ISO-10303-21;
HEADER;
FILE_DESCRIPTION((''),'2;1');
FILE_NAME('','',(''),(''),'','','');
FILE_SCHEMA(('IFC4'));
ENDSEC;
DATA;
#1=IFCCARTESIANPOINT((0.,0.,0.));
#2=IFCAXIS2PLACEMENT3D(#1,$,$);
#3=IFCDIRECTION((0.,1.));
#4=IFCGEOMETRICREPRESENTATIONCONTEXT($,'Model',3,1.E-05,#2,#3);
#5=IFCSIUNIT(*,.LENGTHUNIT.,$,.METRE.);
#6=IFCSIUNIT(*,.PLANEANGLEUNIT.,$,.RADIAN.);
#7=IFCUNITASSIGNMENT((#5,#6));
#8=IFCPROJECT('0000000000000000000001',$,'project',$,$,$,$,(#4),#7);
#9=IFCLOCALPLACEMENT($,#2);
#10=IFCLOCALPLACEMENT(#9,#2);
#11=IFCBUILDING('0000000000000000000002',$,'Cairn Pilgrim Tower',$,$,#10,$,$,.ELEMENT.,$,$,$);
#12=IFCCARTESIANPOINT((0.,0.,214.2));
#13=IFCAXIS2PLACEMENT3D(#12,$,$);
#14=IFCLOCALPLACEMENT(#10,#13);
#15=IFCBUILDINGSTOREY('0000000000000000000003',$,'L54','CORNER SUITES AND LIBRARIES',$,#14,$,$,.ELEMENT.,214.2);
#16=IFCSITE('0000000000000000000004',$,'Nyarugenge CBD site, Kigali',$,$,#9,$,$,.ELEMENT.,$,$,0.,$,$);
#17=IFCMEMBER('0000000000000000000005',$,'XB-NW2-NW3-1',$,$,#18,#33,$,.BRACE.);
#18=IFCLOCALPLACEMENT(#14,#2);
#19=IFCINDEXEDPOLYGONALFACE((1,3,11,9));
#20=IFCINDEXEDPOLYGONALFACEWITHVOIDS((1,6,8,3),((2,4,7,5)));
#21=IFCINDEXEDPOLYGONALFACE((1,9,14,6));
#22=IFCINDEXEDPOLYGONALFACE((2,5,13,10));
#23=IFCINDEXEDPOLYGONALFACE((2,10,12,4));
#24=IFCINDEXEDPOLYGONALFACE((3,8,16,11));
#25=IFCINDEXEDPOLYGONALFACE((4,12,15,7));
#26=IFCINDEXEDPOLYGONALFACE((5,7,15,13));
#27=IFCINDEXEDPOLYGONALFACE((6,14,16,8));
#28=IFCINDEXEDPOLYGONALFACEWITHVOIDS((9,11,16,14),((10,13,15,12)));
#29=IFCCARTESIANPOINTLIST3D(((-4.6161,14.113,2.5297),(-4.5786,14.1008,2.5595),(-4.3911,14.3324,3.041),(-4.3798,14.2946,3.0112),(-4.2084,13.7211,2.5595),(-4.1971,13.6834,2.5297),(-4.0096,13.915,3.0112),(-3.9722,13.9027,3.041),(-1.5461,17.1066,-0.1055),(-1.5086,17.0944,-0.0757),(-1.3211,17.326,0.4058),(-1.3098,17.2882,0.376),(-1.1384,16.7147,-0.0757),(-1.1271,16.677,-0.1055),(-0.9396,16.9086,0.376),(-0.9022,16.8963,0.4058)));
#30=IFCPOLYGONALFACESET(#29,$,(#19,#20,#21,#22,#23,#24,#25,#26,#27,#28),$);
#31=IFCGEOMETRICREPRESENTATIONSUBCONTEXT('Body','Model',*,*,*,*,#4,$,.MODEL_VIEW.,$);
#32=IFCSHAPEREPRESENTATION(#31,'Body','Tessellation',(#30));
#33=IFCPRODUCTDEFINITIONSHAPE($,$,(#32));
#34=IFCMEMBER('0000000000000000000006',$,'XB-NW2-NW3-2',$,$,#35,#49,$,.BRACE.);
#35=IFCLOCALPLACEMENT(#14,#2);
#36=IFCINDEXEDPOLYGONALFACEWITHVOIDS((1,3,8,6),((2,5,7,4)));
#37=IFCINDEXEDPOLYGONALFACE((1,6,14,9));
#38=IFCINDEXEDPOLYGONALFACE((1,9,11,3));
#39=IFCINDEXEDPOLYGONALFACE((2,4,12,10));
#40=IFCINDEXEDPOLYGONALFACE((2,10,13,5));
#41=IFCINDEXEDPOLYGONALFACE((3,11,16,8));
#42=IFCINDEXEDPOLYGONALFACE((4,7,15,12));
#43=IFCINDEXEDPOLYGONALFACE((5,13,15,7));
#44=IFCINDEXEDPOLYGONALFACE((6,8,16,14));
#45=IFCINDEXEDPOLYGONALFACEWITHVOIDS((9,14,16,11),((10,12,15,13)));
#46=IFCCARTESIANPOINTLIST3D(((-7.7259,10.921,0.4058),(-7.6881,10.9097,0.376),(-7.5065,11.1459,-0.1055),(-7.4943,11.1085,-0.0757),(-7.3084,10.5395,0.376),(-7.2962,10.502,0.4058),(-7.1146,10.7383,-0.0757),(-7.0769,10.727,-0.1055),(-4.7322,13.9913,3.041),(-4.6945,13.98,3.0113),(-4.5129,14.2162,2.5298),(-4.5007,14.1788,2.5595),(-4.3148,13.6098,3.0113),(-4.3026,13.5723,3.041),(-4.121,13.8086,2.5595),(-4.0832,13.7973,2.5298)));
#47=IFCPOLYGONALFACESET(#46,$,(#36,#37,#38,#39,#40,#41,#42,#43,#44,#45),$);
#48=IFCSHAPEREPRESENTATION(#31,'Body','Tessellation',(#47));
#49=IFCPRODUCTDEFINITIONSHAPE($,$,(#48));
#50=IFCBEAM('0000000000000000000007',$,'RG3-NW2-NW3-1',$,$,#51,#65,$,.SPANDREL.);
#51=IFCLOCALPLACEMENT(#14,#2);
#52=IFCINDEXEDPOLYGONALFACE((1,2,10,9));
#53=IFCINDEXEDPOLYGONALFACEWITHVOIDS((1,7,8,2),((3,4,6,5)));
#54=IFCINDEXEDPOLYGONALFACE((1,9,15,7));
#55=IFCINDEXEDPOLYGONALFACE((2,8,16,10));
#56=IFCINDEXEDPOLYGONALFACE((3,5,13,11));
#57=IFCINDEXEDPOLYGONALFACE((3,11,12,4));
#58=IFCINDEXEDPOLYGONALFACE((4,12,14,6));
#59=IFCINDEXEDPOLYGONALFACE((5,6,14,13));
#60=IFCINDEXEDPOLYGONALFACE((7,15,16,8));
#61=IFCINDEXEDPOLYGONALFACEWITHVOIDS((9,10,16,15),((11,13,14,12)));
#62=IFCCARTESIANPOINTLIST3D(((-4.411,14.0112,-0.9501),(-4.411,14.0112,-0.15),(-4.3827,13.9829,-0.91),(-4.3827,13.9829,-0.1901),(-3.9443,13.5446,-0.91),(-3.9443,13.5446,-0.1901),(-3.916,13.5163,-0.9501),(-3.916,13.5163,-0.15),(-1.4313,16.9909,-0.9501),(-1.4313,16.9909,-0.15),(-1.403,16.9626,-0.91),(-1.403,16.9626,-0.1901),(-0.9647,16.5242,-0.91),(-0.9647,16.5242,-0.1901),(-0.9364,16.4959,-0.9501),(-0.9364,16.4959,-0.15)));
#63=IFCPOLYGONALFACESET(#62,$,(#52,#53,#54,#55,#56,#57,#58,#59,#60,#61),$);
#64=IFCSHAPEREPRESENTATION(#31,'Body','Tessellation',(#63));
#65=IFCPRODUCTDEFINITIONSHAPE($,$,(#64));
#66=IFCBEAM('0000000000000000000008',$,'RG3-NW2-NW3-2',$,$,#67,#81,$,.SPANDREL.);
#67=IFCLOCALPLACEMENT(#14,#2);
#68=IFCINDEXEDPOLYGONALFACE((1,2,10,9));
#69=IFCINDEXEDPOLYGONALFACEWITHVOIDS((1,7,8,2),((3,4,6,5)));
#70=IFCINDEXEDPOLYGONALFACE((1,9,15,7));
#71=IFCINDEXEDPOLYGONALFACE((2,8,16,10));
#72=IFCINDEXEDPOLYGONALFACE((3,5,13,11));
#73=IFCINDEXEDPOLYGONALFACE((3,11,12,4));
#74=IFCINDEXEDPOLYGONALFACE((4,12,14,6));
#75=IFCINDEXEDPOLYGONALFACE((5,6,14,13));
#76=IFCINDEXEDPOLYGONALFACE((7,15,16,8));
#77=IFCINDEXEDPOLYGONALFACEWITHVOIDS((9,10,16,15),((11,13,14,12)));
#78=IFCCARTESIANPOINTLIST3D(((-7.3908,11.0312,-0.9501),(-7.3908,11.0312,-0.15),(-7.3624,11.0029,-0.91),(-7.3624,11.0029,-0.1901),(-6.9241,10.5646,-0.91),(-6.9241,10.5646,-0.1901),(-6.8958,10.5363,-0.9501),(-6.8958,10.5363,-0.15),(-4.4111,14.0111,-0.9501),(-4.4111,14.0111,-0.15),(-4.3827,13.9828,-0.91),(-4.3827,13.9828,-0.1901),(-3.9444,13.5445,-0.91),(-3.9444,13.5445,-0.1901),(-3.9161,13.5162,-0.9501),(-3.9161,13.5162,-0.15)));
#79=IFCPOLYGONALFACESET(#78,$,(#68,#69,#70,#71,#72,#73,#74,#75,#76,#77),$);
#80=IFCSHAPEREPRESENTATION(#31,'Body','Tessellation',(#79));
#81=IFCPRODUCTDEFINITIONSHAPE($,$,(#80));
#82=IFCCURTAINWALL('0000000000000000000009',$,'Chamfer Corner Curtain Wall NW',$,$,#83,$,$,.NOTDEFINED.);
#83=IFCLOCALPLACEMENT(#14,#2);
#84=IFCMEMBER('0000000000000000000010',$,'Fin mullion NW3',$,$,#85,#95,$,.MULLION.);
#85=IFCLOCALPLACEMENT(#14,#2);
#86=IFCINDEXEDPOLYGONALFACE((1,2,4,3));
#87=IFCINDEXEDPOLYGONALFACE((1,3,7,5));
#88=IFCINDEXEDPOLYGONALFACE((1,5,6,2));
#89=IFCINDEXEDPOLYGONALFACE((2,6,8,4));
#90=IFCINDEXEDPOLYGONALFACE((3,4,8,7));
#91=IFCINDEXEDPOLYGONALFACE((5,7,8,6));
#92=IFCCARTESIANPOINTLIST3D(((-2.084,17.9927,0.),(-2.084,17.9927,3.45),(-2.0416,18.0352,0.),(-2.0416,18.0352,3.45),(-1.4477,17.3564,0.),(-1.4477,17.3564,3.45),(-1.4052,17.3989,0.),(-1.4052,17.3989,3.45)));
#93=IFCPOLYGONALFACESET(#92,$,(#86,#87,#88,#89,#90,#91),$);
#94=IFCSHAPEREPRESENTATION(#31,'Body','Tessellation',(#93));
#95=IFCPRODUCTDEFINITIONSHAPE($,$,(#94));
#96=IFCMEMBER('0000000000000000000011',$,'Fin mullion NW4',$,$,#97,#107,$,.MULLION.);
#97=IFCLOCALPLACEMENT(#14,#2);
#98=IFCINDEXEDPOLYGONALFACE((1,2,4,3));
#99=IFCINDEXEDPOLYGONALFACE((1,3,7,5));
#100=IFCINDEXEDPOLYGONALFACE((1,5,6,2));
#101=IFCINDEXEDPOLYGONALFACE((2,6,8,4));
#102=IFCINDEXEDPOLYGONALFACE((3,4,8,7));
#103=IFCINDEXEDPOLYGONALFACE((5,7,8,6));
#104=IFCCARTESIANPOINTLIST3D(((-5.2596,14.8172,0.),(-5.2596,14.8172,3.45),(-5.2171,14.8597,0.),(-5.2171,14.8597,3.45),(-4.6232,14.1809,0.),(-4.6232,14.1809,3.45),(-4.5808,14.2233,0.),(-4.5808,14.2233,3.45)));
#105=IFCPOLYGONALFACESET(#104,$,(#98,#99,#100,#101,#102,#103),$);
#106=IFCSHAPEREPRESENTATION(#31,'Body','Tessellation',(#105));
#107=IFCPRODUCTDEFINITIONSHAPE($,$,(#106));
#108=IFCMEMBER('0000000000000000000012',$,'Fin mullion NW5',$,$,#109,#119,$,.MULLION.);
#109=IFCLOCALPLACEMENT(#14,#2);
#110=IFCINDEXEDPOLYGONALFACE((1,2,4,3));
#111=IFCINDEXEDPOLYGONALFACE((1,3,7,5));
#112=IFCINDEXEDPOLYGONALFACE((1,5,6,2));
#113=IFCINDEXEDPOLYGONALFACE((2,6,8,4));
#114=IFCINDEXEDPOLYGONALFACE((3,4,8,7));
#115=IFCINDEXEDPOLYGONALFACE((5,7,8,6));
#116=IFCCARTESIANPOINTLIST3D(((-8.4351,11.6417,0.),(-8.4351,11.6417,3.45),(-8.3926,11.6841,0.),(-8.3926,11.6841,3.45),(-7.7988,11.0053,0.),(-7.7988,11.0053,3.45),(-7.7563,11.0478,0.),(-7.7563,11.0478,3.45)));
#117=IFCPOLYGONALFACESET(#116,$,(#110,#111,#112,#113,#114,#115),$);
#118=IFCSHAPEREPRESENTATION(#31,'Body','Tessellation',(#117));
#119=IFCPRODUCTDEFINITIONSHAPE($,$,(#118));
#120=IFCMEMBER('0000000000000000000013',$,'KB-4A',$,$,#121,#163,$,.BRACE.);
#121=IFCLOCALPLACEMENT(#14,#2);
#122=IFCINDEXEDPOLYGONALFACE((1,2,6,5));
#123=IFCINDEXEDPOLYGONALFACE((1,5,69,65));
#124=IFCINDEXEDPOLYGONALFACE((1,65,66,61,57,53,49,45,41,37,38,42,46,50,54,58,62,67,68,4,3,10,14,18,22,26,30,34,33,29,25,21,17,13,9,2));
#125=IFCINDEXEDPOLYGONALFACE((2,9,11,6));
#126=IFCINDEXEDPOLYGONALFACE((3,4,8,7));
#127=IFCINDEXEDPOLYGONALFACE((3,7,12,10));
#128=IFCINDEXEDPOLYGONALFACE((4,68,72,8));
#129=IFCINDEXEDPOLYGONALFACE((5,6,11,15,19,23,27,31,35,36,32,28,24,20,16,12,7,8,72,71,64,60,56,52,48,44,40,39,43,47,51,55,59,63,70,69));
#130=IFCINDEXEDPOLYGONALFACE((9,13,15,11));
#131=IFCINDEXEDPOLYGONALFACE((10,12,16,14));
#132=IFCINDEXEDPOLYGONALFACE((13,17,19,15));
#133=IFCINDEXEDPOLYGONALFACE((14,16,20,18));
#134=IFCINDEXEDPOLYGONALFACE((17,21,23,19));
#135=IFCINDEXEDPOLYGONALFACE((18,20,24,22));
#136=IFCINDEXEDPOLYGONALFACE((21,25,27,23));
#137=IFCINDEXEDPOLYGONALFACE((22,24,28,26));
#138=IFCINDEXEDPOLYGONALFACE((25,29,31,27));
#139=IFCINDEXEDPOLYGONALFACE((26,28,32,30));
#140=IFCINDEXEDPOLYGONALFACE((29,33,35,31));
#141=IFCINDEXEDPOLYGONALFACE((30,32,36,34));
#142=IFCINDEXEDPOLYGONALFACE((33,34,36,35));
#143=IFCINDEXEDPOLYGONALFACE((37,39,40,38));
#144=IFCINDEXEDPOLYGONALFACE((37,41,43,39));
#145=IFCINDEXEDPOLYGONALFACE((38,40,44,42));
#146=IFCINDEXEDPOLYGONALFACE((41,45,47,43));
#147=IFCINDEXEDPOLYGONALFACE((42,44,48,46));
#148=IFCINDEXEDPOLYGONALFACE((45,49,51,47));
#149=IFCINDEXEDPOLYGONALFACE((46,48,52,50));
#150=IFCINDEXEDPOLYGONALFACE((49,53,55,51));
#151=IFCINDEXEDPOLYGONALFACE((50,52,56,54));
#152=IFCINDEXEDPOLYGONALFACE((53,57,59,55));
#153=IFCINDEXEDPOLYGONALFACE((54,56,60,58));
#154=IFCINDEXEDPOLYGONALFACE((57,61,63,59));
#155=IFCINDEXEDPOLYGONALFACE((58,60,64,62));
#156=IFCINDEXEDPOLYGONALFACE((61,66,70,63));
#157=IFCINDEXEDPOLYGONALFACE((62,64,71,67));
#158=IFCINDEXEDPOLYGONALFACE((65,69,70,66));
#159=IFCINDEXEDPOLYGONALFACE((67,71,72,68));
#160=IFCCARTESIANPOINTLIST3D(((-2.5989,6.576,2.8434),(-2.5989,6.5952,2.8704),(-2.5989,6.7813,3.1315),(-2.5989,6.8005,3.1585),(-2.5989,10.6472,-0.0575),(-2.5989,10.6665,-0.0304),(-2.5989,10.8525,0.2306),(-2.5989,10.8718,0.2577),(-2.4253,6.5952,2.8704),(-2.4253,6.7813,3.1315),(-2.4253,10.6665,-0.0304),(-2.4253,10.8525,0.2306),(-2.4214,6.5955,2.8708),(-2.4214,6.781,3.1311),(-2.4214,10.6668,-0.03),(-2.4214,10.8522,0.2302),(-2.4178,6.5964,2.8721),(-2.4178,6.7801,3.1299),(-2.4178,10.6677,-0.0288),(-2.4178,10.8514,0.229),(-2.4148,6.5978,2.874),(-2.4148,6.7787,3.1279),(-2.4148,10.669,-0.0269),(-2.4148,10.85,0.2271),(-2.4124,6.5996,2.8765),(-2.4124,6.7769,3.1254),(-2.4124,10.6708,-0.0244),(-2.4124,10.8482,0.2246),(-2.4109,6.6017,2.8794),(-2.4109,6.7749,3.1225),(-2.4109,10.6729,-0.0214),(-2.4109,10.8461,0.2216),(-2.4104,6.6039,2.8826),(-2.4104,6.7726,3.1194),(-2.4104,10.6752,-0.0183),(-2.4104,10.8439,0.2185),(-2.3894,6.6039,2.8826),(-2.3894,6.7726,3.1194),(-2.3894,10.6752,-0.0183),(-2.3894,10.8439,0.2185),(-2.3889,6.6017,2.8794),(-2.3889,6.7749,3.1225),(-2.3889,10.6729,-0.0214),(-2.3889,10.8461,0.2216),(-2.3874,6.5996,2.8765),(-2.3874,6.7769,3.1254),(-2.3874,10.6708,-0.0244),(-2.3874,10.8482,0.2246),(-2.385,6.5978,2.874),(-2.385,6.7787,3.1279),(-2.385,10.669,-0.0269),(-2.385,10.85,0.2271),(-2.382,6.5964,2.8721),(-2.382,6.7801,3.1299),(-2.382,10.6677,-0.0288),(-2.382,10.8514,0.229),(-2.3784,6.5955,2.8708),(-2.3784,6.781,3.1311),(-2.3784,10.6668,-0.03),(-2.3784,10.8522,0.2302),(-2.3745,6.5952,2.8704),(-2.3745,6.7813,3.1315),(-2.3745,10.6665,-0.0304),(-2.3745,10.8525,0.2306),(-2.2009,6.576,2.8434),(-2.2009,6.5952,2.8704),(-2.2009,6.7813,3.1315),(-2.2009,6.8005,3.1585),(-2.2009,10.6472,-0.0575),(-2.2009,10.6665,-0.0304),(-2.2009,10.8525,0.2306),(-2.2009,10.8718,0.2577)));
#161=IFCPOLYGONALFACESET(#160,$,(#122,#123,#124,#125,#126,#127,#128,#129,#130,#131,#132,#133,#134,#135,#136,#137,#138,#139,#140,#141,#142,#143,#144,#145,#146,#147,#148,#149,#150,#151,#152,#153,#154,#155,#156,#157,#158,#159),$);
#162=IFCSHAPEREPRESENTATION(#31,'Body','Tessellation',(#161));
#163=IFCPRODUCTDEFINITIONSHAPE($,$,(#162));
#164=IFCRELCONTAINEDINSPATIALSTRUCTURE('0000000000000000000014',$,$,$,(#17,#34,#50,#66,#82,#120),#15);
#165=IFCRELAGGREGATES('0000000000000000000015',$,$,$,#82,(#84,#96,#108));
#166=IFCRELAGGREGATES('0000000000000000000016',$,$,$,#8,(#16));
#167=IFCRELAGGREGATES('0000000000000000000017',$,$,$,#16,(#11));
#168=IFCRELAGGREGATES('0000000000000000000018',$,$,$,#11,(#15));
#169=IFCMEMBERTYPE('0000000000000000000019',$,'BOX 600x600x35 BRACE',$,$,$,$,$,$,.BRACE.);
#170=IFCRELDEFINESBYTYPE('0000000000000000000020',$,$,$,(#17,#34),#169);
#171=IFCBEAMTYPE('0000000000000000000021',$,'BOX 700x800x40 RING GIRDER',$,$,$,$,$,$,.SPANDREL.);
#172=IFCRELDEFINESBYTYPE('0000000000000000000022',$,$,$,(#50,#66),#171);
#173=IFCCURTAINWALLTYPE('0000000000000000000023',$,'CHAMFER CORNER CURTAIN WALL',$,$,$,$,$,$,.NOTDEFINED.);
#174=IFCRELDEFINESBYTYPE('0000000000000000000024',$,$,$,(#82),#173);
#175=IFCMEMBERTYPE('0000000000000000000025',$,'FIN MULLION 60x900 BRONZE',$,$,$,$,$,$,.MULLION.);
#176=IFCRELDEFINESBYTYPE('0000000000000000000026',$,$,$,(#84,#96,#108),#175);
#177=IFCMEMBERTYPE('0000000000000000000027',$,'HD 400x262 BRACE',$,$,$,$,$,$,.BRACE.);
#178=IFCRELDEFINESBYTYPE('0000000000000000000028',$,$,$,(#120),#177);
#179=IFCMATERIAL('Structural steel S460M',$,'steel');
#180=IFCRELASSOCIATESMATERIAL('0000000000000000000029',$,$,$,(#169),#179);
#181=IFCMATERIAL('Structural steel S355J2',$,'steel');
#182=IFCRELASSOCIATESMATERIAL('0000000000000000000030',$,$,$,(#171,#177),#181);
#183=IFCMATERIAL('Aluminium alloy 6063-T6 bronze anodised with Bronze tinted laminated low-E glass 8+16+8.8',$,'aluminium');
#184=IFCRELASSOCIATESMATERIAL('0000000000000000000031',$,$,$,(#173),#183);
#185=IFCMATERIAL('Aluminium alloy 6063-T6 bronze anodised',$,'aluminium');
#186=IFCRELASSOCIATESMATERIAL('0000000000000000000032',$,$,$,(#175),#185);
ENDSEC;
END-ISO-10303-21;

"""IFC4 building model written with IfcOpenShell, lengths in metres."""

from ifc_helpers import new_model, si_unit, direction, frame, origin, origin_2d, place, context, subcontext, project, spatial, rectangle, hollow_rectangle, i_section, extrude, material, material_profile, profile_set, type_object, element, aggregate, save


model = new_model("IFC4")

# Units and contexts
model_context = context("Model", 3, precision=1e-05, world=origin(), true_north=direction((0.0, 1.0)))
body_context = subcontext(model_context, "Body", "Model", "MODEL_VIEW")
ifc_project = project(units=[si_unit("LENGTHUNIT", "METRE"), si_unit("PLANEANGLEUNIT", "RADIAN")], contexts=[model_context])

# Site, building, storey
site_placement = place(None, origin())
site = spatial("IfcSite", under=ifc_project, at=site_placement, Name="Nyarugenge CBD site, Kigali", CompositionType="ELEMENT", RefElevation=0.0)
building_placement = place(site_placement, origin())
building = spatial("IfcBuilding", under=site, at=building_placement, Name="Cairn Pilgrim Tower", CompositionType="ELEMENT")
storey_placement = place(building_placement, frame((0.0, 0.0, 214.2)))
storey = spatial("IfcBuildingStorey", under=building, at=storey_placement, Name="L54", Description="CORNER SUITES AND LIBRARIES", CompositionType="ELEMENT", Elevation=214.2)

# Shared definitions
ifc_material_1 = material(Name="Structural steel S355J2", Category="steel")
ifc_material_2 = material(Name="Structural steel S460M", Category="steel")

# Members
ifc_material_profile_1 = material_profile(ifc_material_2, hollow_rectangle(XDim=0.6001, YDim=0.6001, WallThickness=0.0349, at=origin_2d()), Name="BOX 600x600x35")
ifc_profile_set_1 = profile_set([ifc_material_profile_1], Name="Structural steel S460M")
member_type_1 = type_object("IfcMemberType", Name="BOX 600x600x35 BRACE", PredefinedType="BRACE", material=ifc_profile_set_1)
member_1_placement = place(storey_placement, frame((-1.2241, 17.0015, 0.1501), z_axis=(-0.609979, -0.594796, 0.523587), x_axis=(0.69814, -0.715961, 0.0)))
element("IfcMember", 1, at=member_1_placement, inside=storey, type_object=member_type_1, Name="XB-NW2-NW3-1", PredefinedType="BRACE", context=body_context, shape_type="SweptSolid", body=[
    extrude(hollow_rectangle(XDim=0.6001, YDim=0.6001, WallThickness=0.0349, at=origin_2d()), origin(), (0.0, 0.0, 1.0), 5.033),
])
member_2_placement = place(storey_placement, frame((-7.4014, 10.824, 0.1501), z_axis=(0.594778, 0.610009, 0.523572), x_axis=(-0.715989, 0.698112, 0.0)))
element("IfcMember", 2, at=member_2_placement, inside=storey, type_object=member_type_1, Name="XB-NW2-NW3-2", PredefinedType="BRACE", context=body_context, shape_type="SweptSolid", body=[
    extrude(hollow_rectangle(XDim=0.6001, YDim=0.6001, WallThickness=0.0349, at=origin_2d()), origin(), (0.0, 0.0, 1.0), 5.0332),
])

# Beams
ifc_material_profile_2 = material_profile(ifc_material_1, hollow_rectangle(XDim=0.7, YDim=0.8, WallThickness=0.04, at=origin_2d()), Name="BOX 700x800x40")
ifc_profile_set_2 = profile_set([ifc_material_profile_2], Name="Structural steel S355J2")
beam_type_1 = type_object("IfcBeamType", Name="BOX 700x800x40 RING GIRDER", PredefinedType="SPANDREL", material=ifc_profile_set_2)
beam_1_placement = place(storey_placement, frame((-1.1838, 16.7434, -0.55), z_axis=(-0.707107, -0.707107, 0.0), x_axis=(0.707107, -0.707107, 0.0)))
element("IfcBeam", 3, at=beam_1_placement, inside=storey, type_object=beam_type_1, Name="RG3-NW2-NW3-1", PredefinedType="SPANDREL", context=body_context, shape_type="SweptSolid", body=[
    extrude(hollow_rectangle(XDim=0.7, YDim=0.8, WallThickness=0.04, at=origin_2d()), origin(), (0.0, 0.0, 1.0), 4.2139),
])
beam_2_placement = place(storey_placement, frame((-4.1636, 13.7637, -0.55), z_axis=(-0.707078, -0.707136, 0.0), x_axis=(0.707136, -0.707078, 0.0)))
element("IfcBeam", 4, at=beam_2_placement, inside=storey, type_object=beam_type_1, Name="RG3-NW2-NW3-2", PredefinedType="SPANDREL", context=body_context, shape_type="SweptSolid", body=[
    extrude(hollow_rectangle(XDim=0.7, YDim=0.8, WallThickness=0.04, at=origin_2d()), origin(), (0.0, 0.0, 1.0), 4.2141),
])

# Curtain wall, members
ifc_material_3 = material(Name="Aluminium alloy 6063-T6 bronze anodised with Bronze tinted laminated low-E glass 8+16+8.8", Category="aluminium")
curtain_wall_type = type_object("IfcCurtainWallType", Name="CHAMFER CORNER CURTAIN WALL", PredefinedType="NOTDEFINED", material=ifc_material_3)
curtain_wall_placement = place(storey_placement, origin())
curtain_wall = element("IfcCurtainWall", 5, at=curtain_wall_placement, inside=storey, type_object=curtain_wall_type, Name="Chamfer Corner Curtain Wall NW", PredefinedType="NOTDEFINED")
ifc_material_4 = material(Name="Aluminium alloy 6063-T6 bronze anodised", Category="aluminium")
ifc_material_profile_3 = material_profile(ifc_material_4, rectangle(XDim=0.8999, YDim=0.0601, at=origin_2d()), Name="FIN MULLION 60x900 BRONZE")
ifc_profile_set_3 = profile_set([ifc_material_profile_3], Name="Aluminium alloy 6063-T6 bronze anodised")
member_type_2 = type_object("IfcMemberType", Name="FIN MULLION 60x900 BRONZE", PredefinedType="MULLION", material=ifc_profile_set_3)
member_3_placement = place(storey_placement, frame((-1.7446, 17.6958, 0.0), z_axis=(0.0, 0.0, 1.0), x_axis=(-0.707107, 0.707107, 0.0)))
member_3 = element("IfcMember", 6, at=member_3_placement, type_object=member_type_2, Name="Fin mullion NW3", PredefinedType="MULLION", context=body_context, shape_type="SweptSolid", body=[
    extrude(rectangle(XDim=0.8999, YDim=0.0601, at=origin_2d()), origin(), (0.0, 0.0, 1.0), 3.45),
])
member_4_placement = place(storey_placement, frame((-4.9202, 14.5203, 0.0), z_axis=(0.0, 0.0, 1.0), x_axis=(-0.707107, 0.707107, 0.0)))
member_4 = element("IfcMember", 7, at=member_4_placement, type_object=member_type_2, Name="Fin mullion NW4", PredefinedType="MULLION", context=body_context, shape_type="SweptSolid", body=[
    extrude(rectangle(XDim=0.8999, YDim=0.0601, at=origin_2d()), origin(), (0.0, 0.0, 1.0), 3.45),
])
member_5_placement = place(storey_placement, frame((-8.0957, 11.3447, 0.0), z_axis=(0.0, 0.0, 1.0), x_axis=(-0.707107, 0.707107, 0.0)))
member_5 = element("IfcMember", 8, at=member_5_placement, type_object=member_type_2, Name="Fin mullion NW5", PredefinedType="MULLION", context=body_context, shape_type="SweptSolid", body=[
    extrude(rectangle(XDim=0.8999, YDim=0.0601, at=origin_2d()), origin(), (0.0, 0.0, 1.0), 3.45),
])

# Member
ifc_material_profile_4 = material_profile(ifc_material_1, i_section(OverallWidth=0.3979, OverallDepth=0.387, WebThickness=0.021, FlangeThickness=0.0332, FilletRadius=0.0149, at=origin_2d()), Name="HD 400x262")
ifc_profile_set_4 = profile_set([ifc_material_profile_4], Name="Structural steel S355J2")
member_type_3 = type_object("IfcMemberType", Name="HD 400x262 BRACE", PredefinedType="BRACE", material=ifc_profile_set_4)
member_6_placement = place(storey_placement, frame((-2.3999, 10.7595, 0.1001), z_axis=(0.0, -0.814413, 0.580286), x_axis=(1.0, 0.0, 0.0)))
element("IfcMember", 9, at=member_6_placement, inside=storey, type_object=member_type_3, Name="KB-4A", PredefinedType="BRACE", context=body_context, shape_type="SweptSolid", body=[
    extrude(i_section(OverallWidth=0.3979, OverallDepth=0.387, WebThickness=0.021, FlangeThickness=0.0332, FilletRadius=0.0149, at=origin_2d()), origin(), (0.0, 0.0, 1.0), 4.999),
])

aggregate(curtain_wall, [member_3, member_4, member_5])

save(model, "model.ifc")
